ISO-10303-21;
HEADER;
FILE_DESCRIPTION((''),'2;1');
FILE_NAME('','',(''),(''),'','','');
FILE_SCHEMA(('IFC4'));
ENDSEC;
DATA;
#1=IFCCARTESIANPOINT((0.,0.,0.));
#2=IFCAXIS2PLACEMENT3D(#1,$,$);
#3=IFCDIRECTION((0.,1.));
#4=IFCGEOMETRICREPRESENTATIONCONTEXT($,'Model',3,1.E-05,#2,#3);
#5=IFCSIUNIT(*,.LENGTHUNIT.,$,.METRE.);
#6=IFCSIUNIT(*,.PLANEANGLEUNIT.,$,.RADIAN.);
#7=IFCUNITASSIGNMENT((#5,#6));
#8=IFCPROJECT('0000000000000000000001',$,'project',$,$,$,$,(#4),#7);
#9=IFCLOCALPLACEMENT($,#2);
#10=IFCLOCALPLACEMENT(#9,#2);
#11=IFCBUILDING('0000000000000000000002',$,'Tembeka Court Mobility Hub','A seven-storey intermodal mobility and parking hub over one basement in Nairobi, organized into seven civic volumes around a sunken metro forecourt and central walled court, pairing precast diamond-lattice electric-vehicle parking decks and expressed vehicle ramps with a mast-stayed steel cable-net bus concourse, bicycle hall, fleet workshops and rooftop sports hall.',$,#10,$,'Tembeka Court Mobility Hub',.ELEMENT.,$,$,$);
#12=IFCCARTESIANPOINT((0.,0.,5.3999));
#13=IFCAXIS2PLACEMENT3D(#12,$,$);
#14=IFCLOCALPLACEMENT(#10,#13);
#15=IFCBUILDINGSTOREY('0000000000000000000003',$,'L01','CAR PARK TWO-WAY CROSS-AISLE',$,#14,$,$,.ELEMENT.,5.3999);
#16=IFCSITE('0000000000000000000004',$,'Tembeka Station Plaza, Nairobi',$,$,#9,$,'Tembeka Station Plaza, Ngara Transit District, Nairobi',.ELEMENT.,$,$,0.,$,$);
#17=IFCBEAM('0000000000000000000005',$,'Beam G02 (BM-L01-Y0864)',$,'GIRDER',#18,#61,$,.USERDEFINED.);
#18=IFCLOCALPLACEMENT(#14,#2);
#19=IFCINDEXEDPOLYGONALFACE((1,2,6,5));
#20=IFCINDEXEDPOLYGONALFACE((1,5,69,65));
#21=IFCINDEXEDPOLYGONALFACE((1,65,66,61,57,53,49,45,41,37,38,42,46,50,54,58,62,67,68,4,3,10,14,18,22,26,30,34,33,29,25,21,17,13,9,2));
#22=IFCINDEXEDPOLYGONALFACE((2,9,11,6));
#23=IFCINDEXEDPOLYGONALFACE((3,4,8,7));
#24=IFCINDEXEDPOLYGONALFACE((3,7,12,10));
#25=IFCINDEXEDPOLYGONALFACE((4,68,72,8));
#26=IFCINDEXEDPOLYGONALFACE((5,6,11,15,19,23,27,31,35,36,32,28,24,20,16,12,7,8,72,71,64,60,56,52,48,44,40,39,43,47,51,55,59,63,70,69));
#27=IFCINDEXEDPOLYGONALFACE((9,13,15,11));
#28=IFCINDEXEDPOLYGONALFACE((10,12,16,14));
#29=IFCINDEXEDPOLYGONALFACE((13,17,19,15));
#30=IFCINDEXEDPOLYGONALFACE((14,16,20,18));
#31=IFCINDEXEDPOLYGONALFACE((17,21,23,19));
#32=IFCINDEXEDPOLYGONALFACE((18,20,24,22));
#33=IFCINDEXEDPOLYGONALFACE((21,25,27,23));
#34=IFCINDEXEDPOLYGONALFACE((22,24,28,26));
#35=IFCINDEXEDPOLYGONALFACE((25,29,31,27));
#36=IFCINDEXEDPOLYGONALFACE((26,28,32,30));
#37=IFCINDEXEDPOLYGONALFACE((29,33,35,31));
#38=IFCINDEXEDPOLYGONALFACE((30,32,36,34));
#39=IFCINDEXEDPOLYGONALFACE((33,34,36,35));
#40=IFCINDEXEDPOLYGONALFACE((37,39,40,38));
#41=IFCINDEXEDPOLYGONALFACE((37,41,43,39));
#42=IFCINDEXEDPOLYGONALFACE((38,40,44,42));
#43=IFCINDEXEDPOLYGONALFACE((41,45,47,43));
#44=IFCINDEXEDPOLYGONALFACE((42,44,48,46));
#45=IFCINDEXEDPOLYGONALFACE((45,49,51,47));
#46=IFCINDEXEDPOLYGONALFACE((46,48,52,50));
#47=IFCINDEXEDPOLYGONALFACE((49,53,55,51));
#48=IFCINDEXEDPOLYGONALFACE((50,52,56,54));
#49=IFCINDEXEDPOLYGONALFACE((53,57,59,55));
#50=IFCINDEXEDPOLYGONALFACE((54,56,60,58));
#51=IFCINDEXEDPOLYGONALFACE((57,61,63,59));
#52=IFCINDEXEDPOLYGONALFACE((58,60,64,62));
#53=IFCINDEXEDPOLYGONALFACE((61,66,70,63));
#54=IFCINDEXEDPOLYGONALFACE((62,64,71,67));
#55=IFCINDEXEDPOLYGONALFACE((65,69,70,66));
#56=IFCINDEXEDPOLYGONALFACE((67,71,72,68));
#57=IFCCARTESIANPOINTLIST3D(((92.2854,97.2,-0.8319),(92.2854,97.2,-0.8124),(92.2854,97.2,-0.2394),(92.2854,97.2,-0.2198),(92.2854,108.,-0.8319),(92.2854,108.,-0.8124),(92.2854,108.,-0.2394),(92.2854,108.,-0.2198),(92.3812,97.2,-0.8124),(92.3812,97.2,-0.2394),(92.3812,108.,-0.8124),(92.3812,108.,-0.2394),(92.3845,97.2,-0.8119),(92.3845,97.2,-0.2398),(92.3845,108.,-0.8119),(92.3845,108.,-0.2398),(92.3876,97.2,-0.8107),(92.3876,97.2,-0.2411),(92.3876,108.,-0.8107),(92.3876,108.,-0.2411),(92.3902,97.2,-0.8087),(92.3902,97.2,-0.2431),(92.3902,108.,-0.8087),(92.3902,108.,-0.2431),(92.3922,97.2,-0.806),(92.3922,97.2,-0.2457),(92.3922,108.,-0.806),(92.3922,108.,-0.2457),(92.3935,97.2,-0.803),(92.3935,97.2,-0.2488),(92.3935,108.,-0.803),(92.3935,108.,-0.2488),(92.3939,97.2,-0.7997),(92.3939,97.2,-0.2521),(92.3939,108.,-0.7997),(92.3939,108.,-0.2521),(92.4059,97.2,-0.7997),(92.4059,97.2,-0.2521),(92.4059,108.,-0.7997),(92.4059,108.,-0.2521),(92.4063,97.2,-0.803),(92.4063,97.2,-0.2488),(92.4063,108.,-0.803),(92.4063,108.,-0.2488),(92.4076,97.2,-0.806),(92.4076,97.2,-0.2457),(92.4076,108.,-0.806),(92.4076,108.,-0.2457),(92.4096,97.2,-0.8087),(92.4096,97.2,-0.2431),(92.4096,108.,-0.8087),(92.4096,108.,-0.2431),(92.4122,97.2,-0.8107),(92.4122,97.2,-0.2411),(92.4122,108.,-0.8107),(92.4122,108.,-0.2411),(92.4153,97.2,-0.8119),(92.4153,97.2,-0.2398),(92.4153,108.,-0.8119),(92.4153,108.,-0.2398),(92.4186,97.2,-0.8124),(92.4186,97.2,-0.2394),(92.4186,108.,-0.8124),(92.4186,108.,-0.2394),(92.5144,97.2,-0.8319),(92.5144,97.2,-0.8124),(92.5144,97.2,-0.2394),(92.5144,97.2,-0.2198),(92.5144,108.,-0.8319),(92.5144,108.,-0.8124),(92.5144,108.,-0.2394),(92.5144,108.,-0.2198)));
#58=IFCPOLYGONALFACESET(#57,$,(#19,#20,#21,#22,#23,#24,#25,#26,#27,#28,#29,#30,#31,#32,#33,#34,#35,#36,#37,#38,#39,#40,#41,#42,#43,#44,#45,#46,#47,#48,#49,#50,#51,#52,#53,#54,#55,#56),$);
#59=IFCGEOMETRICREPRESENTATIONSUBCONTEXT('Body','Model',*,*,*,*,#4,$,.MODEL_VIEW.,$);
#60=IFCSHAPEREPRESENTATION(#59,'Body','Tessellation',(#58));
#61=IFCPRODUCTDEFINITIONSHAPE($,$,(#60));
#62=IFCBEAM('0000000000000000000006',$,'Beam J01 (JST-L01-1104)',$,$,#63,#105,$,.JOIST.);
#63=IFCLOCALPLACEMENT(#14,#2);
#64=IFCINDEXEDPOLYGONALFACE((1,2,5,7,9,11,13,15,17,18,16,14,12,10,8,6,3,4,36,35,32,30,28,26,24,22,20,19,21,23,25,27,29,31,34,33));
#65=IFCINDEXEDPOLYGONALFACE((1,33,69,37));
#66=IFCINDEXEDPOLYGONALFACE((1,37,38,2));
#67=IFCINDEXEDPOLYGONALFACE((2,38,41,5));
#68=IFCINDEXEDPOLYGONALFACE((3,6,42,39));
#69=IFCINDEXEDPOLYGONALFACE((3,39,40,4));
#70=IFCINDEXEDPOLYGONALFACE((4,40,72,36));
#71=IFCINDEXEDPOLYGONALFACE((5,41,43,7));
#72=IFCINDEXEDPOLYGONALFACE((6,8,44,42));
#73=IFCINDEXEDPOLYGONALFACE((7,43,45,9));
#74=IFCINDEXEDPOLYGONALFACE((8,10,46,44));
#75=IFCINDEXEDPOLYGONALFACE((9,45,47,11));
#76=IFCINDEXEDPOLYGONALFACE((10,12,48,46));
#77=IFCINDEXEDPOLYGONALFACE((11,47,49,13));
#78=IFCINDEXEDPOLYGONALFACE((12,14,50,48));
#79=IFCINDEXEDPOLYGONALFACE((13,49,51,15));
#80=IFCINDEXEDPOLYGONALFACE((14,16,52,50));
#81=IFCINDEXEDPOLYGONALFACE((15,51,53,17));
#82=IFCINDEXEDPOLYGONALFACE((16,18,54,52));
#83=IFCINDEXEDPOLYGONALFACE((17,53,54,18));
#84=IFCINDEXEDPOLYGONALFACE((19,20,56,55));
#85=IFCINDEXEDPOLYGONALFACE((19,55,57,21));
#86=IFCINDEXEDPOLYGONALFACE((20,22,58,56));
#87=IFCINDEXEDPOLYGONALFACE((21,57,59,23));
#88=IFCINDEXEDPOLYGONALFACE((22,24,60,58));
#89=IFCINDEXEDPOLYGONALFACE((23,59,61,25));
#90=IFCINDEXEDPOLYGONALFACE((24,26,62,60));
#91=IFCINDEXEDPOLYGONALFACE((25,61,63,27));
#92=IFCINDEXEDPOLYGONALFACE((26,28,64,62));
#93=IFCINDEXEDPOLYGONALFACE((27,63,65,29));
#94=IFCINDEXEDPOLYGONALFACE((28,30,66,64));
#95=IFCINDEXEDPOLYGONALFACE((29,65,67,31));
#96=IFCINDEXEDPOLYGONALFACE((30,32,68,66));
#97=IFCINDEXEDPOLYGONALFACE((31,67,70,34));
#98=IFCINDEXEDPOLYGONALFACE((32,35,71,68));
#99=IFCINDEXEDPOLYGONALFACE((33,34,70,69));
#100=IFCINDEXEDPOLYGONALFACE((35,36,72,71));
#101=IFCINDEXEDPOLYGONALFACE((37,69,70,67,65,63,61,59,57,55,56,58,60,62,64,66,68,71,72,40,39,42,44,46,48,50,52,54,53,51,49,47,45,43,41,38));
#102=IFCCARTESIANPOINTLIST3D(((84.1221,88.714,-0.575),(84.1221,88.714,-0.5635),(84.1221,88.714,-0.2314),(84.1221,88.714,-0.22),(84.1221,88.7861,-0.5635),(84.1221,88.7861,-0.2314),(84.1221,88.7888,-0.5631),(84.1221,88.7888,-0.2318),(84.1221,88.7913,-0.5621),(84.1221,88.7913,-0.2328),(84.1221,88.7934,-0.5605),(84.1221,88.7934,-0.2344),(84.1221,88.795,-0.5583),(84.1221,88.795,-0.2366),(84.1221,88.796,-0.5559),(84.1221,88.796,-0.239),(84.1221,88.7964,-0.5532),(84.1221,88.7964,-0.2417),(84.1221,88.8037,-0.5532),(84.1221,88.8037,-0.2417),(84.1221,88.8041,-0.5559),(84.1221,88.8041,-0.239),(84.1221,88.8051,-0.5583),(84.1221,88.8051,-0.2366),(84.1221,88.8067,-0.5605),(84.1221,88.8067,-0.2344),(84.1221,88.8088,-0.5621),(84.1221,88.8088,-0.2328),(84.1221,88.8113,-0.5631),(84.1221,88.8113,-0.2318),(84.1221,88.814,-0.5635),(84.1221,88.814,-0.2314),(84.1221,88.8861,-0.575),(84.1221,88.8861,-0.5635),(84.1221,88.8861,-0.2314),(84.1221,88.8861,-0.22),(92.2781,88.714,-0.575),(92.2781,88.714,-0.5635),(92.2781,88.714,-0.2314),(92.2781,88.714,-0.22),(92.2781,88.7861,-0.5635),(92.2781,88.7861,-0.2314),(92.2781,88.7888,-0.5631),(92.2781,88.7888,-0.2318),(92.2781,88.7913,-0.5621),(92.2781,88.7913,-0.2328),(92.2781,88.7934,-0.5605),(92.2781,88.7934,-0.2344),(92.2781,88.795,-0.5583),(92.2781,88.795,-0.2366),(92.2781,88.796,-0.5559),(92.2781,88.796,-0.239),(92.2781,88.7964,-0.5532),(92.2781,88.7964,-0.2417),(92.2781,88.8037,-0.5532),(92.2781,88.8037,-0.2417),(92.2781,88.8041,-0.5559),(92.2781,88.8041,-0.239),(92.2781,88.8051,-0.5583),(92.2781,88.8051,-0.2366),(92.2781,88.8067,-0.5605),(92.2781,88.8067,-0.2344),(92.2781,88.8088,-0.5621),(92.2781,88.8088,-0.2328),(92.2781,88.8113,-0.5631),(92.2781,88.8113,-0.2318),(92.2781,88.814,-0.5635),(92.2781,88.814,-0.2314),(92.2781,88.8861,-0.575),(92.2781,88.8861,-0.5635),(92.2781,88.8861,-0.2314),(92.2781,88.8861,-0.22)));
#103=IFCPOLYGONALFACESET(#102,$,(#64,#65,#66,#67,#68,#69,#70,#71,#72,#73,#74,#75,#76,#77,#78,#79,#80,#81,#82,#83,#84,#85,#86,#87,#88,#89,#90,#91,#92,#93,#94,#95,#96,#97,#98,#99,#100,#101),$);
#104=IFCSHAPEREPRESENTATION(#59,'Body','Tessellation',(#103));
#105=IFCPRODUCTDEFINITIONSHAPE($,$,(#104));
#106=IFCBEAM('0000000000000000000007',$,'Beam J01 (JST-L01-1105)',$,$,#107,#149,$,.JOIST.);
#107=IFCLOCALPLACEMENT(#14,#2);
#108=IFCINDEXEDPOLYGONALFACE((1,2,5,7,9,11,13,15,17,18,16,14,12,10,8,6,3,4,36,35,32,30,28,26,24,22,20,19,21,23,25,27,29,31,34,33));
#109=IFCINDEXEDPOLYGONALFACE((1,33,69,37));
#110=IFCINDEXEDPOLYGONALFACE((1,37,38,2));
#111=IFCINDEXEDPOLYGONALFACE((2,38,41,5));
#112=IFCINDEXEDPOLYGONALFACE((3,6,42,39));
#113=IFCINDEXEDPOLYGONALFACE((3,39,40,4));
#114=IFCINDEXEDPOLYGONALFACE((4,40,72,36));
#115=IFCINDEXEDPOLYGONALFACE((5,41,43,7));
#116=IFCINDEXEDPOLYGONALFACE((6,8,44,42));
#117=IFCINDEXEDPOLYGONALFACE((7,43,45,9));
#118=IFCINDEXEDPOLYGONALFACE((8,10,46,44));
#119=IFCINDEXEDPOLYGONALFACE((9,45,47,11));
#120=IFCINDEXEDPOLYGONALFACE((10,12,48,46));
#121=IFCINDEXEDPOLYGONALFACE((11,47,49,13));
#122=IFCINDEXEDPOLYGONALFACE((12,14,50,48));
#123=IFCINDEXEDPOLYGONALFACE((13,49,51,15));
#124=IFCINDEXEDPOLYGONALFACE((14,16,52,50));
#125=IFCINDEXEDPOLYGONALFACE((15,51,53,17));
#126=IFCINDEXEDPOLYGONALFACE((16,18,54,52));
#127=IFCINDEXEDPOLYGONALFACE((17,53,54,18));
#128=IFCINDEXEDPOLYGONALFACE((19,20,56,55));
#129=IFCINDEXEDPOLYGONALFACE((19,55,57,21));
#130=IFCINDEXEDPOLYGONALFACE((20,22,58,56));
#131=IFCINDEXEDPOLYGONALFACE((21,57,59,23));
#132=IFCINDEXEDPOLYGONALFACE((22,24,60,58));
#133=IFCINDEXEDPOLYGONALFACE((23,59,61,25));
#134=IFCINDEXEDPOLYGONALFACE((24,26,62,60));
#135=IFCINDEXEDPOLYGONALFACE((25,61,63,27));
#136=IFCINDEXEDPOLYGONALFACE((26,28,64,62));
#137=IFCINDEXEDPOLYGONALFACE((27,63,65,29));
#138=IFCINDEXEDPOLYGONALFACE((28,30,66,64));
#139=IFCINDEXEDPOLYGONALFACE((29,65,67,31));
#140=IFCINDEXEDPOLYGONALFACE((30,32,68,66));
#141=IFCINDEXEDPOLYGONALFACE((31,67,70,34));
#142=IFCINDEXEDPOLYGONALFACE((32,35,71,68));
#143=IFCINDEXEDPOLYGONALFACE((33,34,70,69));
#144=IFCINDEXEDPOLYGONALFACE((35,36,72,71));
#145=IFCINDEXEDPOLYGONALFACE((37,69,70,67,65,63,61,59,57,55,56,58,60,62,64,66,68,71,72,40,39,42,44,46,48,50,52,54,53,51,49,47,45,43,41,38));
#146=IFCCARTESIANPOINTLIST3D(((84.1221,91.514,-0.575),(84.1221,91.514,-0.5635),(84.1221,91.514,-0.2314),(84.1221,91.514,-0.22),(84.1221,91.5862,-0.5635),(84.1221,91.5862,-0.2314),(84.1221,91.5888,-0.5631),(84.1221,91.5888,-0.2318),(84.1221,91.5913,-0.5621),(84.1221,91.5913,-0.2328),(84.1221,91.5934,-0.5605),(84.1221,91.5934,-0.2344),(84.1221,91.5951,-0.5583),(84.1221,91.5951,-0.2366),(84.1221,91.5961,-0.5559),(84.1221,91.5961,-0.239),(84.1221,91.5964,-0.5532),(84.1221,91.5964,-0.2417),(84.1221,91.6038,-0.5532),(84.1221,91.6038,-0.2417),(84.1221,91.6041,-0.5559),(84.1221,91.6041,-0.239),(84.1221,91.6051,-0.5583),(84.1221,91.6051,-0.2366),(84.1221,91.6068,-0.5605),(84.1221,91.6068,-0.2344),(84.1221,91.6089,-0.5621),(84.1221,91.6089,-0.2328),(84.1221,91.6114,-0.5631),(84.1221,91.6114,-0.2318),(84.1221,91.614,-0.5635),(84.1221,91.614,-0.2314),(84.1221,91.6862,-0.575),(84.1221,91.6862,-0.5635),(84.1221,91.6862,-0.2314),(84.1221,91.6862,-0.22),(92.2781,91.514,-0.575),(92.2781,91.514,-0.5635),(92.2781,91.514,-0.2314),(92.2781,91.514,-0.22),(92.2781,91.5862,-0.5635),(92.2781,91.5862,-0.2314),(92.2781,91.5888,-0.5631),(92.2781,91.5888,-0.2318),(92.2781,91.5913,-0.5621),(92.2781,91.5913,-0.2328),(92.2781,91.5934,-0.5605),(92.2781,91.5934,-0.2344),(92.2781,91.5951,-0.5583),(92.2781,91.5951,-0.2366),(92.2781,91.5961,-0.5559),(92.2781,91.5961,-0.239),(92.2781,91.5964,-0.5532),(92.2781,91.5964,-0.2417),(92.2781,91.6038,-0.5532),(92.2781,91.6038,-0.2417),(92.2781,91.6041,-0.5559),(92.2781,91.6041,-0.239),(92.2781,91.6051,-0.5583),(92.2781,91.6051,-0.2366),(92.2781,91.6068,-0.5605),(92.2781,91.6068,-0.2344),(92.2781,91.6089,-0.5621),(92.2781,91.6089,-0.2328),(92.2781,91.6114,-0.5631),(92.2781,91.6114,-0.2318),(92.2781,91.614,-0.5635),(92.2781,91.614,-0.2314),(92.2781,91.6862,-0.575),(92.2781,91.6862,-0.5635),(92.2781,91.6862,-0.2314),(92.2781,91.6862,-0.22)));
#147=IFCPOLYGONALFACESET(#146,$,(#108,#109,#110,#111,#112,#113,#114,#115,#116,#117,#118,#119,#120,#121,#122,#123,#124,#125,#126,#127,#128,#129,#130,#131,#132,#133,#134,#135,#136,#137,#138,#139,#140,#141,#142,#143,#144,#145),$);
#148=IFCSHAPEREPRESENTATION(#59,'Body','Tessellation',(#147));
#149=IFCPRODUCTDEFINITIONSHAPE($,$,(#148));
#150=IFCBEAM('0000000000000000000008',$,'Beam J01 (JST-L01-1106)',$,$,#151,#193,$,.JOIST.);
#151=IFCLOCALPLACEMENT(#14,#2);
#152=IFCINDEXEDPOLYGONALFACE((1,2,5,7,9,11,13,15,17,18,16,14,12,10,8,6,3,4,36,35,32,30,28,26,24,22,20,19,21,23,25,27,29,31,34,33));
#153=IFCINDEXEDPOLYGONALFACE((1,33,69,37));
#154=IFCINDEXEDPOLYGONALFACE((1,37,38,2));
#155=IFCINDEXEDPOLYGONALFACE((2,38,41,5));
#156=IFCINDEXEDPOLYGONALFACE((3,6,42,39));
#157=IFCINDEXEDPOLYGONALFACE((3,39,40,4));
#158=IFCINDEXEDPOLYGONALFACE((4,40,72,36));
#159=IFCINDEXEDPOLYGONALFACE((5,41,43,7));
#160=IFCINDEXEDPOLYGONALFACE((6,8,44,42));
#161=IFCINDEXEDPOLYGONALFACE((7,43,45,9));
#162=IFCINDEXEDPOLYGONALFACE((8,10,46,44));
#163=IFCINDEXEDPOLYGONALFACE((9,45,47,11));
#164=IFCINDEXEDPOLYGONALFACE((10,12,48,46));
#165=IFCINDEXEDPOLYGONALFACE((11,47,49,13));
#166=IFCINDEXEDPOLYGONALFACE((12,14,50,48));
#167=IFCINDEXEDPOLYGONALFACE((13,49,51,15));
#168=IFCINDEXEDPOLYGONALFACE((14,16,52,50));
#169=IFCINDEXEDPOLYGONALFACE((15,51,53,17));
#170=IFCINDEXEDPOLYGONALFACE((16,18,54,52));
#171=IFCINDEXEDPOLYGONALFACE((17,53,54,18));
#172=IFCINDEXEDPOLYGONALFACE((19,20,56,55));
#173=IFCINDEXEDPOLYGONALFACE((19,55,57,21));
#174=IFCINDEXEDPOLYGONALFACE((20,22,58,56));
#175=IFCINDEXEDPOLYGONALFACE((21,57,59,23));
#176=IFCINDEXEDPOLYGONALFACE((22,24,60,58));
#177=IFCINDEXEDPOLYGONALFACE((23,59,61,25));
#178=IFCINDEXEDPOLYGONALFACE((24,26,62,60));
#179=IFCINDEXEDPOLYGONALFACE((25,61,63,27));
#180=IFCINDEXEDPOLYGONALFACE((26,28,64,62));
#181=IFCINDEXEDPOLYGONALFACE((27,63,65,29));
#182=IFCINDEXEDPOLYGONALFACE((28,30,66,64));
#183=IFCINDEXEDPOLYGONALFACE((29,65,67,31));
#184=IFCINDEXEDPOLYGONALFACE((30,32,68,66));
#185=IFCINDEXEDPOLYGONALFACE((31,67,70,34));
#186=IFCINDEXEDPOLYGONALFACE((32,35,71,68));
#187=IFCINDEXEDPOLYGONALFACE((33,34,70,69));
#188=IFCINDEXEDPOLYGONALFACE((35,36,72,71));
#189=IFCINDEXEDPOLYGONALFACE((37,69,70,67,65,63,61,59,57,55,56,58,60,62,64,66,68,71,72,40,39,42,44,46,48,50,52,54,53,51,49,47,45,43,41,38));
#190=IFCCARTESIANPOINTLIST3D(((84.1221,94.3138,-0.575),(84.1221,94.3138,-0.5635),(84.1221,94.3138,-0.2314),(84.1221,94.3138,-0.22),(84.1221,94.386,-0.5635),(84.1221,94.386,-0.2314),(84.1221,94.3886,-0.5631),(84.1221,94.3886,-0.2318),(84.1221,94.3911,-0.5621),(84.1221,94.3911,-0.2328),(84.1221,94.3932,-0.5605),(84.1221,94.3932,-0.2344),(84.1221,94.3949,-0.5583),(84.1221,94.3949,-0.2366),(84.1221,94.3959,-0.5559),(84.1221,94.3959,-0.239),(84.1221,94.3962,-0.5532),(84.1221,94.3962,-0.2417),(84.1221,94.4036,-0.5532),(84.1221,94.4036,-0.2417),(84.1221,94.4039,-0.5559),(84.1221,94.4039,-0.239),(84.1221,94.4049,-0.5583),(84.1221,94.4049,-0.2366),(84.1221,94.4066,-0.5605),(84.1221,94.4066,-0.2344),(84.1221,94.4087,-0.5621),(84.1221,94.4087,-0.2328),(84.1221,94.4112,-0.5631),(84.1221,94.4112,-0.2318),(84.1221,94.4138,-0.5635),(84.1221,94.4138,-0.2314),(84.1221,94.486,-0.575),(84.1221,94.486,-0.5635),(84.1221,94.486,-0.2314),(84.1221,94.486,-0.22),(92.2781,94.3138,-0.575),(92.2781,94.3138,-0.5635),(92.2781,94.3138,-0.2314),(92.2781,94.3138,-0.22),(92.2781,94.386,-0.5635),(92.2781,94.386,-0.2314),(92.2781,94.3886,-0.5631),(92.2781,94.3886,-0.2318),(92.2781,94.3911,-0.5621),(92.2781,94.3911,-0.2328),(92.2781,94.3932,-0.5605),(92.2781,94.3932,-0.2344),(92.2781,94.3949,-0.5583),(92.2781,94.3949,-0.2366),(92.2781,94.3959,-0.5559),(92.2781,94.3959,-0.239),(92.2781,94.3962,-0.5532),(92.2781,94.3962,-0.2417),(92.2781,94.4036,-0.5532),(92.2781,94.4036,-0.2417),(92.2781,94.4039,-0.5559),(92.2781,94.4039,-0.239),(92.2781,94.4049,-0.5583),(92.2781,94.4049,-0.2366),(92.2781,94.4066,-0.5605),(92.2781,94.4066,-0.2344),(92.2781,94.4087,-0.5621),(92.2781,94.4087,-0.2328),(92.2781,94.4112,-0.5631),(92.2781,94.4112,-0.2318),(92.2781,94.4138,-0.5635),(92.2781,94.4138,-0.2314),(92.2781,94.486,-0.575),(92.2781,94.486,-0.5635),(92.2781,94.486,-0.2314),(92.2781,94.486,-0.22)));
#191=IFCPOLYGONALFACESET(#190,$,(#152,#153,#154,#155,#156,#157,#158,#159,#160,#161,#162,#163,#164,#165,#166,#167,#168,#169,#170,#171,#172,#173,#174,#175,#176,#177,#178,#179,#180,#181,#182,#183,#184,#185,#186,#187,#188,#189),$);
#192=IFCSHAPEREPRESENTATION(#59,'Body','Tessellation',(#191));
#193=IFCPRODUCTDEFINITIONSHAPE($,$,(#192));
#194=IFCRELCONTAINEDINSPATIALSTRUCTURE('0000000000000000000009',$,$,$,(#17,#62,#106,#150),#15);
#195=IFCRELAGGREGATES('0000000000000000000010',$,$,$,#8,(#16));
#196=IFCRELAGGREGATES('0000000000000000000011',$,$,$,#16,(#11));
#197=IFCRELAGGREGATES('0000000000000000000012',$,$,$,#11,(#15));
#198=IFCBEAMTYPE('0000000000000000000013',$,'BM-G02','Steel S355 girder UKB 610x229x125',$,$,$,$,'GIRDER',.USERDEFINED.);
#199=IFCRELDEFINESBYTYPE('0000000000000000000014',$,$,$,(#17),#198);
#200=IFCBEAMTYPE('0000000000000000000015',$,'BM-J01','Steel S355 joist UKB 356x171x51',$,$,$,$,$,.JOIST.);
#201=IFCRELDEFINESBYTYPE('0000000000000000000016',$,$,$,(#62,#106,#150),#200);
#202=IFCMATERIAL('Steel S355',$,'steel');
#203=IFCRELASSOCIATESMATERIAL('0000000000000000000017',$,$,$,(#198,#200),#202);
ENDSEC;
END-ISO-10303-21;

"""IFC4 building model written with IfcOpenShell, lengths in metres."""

from ifc_helpers import new_model, si_unit, direction, frame, origin, origin_2d, place, context, subcontext, project, spatial, i_section, extrude, material, material_profile, profile_set, type_object, element, save


model = new_model("IFC4")

# Units and contexts
model_context = context("Model", 3, precision=1e-05, world=origin(), true_north=direction((0.0, 1.0)))
body_context = subcontext(model_context, "Body", "Model", "MODEL_VIEW")
ifc_project = project(units=[si_unit("LENGTHUNIT", "METRE"), si_unit("PLANEANGLEUNIT", "RADIAN")], contexts=[model_context])

# Site, building, storey
site_placement = place(None, origin())
site = spatial("IfcSite", under=ifc_project, at=site_placement, Name="Tembeka Station Plaza, Nairobi", LongName="Tembeka Station Plaza, Ngara Transit District, Nairobi", CompositionType="ELEMENT", RefElevation=0.0)
building_placement = place(site_placement, origin())
building = spatial("IfcBuilding", under=site, at=building_placement, Name="Tembeka Court Mobility Hub", Description="A seven-storey intermodal mobility and parking hub over one basement in Nairobi, organized into seven civic volumes around a sunken metro forecourt and central walled court, pairing precast diamond-lattice electric-vehicle parking decks and expressed vehicle ramps with a mast-stayed steel cable-net bus concourse, bicycle hall, fleet workshops and rooftop sports hall.", LongName="Tembeka Court Mobility Hub", CompositionType="ELEMENT")
storey_placement = place(building_placement, frame((0.0, 0.0, 5.3999)))
storey = spatial("IfcBuildingStorey", under=building, at=storey_placement, Name="L01", Description="CAR PARK TWO-WAY CROSS-AISLE", CompositionType="ELEMENT", Elevation=5.3999)

# Shared definitions
ifc_material_1 = material(Name="Steel S355", Category="steel")

# Beams
ifc_material_profile_1 = material_profile(ifc_material_1, i_section(OverallWidth=0.229, OverallDepth=0.6121, WebThickness=0.012, FlangeThickness=0.0195, FilletRadius=0.0127, at=origin_2d()), Name="UKB 610x229x125")
ifc_profile_set_1 = profile_set([ifc_material_profile_1], Name="Steel S355")
beam_type_1 = type_object("IfcBeamType", Name="BM-G02", Description="Steel S355 girder UKB 610x229x125", ElementType="GIRDER", PredefinedType="USERDEFINED", material=ifc_profile_set_1)
for number, where, z_axis, x_axis, name in (
    (1, (92.3999, 97.2, -0.5259), (0.0, 1.0, 0.0), (-1.0, 0.0, 0.0), "Beam G02 (BM-L01-Y0864)"),
):
    element("IfcBeam", number, at=place(storey_placement, frame(where, z_axis=z_axis, x_axis=x_axis)), inside=storey, type_object=beam_type_1, Name=name, ObjectType="GIRDER", PredefinedType="USERDEFINED", context=body_context, shape_type="SweptSolid", body=[
        extrude(i_section(OverallWidth=0.229, OverallDepth=0.6121, WebThickness=0.012, FlangeThickness=0.0195, FilletRadius=0.0127, at=origin_2d()), origin(), (0.0, 0.0, 1.0), 10.8),
    ])
ifc_material_profile_2 = material_profile(ifc_material_1, i_section(OverallWidth=0.1721, OverallDepth=0.355, WebThickness=0.0073, FlangeThickness=0.0115, FilletRadius=0.0103, at=origin_2d()), Name="UKB 356x171x51")
ifc_profile_set_2 = profile_set([ifc_material_profile_2], Name="Steel S355")
beam_type_2 = type_object("IfcBeamType", Name="BM-J01", Description="Steel S355 joist UKB 356x171x51", PredefinedType="JOIST", material=ifc_profile_set_2)
for number, where, z_axis, x_axis, name in (
    (2, (84.1221, 88.8, -0.3975), (1.0, 0.0, 0.0), (0.0, 1.0, 0.0), "Beam J01 (JST-L01-1104)"),
    (3, (84.1221, 91.6001, -0.3975), (1.0, 0.0, 0.0), (0.0, 1.0, 0.0), "Beam J01 (JST-L01-1105)"),
    (4, (84.1221, 94.3999, -0.3975), (1.0, 0.0, 0.0), (0.0, 1.0, 0.0), "Beam J01 (JST-L01-1106)"),
):
    element("IfcBeam", number, at=place(storey_placement, frame(where, z_axis=z_axis, x_axis=x_axis)), inside=storey, type_object=beam_type_2, Name=name, PredefinedType="JOIST", context=body_context, shape_type="SweptSolid", body=[
        extrude(i_section(OverallWidth=0.1721, OverallDepth=0.355, WebThickness=0.0073, FlangeThickness=0.0115, FilletRadius=0.0103, at=origin_2d()), origin(), (0.0, 0.0, 1.0), 8.156),
    ])

save(model, "model.ifc")
